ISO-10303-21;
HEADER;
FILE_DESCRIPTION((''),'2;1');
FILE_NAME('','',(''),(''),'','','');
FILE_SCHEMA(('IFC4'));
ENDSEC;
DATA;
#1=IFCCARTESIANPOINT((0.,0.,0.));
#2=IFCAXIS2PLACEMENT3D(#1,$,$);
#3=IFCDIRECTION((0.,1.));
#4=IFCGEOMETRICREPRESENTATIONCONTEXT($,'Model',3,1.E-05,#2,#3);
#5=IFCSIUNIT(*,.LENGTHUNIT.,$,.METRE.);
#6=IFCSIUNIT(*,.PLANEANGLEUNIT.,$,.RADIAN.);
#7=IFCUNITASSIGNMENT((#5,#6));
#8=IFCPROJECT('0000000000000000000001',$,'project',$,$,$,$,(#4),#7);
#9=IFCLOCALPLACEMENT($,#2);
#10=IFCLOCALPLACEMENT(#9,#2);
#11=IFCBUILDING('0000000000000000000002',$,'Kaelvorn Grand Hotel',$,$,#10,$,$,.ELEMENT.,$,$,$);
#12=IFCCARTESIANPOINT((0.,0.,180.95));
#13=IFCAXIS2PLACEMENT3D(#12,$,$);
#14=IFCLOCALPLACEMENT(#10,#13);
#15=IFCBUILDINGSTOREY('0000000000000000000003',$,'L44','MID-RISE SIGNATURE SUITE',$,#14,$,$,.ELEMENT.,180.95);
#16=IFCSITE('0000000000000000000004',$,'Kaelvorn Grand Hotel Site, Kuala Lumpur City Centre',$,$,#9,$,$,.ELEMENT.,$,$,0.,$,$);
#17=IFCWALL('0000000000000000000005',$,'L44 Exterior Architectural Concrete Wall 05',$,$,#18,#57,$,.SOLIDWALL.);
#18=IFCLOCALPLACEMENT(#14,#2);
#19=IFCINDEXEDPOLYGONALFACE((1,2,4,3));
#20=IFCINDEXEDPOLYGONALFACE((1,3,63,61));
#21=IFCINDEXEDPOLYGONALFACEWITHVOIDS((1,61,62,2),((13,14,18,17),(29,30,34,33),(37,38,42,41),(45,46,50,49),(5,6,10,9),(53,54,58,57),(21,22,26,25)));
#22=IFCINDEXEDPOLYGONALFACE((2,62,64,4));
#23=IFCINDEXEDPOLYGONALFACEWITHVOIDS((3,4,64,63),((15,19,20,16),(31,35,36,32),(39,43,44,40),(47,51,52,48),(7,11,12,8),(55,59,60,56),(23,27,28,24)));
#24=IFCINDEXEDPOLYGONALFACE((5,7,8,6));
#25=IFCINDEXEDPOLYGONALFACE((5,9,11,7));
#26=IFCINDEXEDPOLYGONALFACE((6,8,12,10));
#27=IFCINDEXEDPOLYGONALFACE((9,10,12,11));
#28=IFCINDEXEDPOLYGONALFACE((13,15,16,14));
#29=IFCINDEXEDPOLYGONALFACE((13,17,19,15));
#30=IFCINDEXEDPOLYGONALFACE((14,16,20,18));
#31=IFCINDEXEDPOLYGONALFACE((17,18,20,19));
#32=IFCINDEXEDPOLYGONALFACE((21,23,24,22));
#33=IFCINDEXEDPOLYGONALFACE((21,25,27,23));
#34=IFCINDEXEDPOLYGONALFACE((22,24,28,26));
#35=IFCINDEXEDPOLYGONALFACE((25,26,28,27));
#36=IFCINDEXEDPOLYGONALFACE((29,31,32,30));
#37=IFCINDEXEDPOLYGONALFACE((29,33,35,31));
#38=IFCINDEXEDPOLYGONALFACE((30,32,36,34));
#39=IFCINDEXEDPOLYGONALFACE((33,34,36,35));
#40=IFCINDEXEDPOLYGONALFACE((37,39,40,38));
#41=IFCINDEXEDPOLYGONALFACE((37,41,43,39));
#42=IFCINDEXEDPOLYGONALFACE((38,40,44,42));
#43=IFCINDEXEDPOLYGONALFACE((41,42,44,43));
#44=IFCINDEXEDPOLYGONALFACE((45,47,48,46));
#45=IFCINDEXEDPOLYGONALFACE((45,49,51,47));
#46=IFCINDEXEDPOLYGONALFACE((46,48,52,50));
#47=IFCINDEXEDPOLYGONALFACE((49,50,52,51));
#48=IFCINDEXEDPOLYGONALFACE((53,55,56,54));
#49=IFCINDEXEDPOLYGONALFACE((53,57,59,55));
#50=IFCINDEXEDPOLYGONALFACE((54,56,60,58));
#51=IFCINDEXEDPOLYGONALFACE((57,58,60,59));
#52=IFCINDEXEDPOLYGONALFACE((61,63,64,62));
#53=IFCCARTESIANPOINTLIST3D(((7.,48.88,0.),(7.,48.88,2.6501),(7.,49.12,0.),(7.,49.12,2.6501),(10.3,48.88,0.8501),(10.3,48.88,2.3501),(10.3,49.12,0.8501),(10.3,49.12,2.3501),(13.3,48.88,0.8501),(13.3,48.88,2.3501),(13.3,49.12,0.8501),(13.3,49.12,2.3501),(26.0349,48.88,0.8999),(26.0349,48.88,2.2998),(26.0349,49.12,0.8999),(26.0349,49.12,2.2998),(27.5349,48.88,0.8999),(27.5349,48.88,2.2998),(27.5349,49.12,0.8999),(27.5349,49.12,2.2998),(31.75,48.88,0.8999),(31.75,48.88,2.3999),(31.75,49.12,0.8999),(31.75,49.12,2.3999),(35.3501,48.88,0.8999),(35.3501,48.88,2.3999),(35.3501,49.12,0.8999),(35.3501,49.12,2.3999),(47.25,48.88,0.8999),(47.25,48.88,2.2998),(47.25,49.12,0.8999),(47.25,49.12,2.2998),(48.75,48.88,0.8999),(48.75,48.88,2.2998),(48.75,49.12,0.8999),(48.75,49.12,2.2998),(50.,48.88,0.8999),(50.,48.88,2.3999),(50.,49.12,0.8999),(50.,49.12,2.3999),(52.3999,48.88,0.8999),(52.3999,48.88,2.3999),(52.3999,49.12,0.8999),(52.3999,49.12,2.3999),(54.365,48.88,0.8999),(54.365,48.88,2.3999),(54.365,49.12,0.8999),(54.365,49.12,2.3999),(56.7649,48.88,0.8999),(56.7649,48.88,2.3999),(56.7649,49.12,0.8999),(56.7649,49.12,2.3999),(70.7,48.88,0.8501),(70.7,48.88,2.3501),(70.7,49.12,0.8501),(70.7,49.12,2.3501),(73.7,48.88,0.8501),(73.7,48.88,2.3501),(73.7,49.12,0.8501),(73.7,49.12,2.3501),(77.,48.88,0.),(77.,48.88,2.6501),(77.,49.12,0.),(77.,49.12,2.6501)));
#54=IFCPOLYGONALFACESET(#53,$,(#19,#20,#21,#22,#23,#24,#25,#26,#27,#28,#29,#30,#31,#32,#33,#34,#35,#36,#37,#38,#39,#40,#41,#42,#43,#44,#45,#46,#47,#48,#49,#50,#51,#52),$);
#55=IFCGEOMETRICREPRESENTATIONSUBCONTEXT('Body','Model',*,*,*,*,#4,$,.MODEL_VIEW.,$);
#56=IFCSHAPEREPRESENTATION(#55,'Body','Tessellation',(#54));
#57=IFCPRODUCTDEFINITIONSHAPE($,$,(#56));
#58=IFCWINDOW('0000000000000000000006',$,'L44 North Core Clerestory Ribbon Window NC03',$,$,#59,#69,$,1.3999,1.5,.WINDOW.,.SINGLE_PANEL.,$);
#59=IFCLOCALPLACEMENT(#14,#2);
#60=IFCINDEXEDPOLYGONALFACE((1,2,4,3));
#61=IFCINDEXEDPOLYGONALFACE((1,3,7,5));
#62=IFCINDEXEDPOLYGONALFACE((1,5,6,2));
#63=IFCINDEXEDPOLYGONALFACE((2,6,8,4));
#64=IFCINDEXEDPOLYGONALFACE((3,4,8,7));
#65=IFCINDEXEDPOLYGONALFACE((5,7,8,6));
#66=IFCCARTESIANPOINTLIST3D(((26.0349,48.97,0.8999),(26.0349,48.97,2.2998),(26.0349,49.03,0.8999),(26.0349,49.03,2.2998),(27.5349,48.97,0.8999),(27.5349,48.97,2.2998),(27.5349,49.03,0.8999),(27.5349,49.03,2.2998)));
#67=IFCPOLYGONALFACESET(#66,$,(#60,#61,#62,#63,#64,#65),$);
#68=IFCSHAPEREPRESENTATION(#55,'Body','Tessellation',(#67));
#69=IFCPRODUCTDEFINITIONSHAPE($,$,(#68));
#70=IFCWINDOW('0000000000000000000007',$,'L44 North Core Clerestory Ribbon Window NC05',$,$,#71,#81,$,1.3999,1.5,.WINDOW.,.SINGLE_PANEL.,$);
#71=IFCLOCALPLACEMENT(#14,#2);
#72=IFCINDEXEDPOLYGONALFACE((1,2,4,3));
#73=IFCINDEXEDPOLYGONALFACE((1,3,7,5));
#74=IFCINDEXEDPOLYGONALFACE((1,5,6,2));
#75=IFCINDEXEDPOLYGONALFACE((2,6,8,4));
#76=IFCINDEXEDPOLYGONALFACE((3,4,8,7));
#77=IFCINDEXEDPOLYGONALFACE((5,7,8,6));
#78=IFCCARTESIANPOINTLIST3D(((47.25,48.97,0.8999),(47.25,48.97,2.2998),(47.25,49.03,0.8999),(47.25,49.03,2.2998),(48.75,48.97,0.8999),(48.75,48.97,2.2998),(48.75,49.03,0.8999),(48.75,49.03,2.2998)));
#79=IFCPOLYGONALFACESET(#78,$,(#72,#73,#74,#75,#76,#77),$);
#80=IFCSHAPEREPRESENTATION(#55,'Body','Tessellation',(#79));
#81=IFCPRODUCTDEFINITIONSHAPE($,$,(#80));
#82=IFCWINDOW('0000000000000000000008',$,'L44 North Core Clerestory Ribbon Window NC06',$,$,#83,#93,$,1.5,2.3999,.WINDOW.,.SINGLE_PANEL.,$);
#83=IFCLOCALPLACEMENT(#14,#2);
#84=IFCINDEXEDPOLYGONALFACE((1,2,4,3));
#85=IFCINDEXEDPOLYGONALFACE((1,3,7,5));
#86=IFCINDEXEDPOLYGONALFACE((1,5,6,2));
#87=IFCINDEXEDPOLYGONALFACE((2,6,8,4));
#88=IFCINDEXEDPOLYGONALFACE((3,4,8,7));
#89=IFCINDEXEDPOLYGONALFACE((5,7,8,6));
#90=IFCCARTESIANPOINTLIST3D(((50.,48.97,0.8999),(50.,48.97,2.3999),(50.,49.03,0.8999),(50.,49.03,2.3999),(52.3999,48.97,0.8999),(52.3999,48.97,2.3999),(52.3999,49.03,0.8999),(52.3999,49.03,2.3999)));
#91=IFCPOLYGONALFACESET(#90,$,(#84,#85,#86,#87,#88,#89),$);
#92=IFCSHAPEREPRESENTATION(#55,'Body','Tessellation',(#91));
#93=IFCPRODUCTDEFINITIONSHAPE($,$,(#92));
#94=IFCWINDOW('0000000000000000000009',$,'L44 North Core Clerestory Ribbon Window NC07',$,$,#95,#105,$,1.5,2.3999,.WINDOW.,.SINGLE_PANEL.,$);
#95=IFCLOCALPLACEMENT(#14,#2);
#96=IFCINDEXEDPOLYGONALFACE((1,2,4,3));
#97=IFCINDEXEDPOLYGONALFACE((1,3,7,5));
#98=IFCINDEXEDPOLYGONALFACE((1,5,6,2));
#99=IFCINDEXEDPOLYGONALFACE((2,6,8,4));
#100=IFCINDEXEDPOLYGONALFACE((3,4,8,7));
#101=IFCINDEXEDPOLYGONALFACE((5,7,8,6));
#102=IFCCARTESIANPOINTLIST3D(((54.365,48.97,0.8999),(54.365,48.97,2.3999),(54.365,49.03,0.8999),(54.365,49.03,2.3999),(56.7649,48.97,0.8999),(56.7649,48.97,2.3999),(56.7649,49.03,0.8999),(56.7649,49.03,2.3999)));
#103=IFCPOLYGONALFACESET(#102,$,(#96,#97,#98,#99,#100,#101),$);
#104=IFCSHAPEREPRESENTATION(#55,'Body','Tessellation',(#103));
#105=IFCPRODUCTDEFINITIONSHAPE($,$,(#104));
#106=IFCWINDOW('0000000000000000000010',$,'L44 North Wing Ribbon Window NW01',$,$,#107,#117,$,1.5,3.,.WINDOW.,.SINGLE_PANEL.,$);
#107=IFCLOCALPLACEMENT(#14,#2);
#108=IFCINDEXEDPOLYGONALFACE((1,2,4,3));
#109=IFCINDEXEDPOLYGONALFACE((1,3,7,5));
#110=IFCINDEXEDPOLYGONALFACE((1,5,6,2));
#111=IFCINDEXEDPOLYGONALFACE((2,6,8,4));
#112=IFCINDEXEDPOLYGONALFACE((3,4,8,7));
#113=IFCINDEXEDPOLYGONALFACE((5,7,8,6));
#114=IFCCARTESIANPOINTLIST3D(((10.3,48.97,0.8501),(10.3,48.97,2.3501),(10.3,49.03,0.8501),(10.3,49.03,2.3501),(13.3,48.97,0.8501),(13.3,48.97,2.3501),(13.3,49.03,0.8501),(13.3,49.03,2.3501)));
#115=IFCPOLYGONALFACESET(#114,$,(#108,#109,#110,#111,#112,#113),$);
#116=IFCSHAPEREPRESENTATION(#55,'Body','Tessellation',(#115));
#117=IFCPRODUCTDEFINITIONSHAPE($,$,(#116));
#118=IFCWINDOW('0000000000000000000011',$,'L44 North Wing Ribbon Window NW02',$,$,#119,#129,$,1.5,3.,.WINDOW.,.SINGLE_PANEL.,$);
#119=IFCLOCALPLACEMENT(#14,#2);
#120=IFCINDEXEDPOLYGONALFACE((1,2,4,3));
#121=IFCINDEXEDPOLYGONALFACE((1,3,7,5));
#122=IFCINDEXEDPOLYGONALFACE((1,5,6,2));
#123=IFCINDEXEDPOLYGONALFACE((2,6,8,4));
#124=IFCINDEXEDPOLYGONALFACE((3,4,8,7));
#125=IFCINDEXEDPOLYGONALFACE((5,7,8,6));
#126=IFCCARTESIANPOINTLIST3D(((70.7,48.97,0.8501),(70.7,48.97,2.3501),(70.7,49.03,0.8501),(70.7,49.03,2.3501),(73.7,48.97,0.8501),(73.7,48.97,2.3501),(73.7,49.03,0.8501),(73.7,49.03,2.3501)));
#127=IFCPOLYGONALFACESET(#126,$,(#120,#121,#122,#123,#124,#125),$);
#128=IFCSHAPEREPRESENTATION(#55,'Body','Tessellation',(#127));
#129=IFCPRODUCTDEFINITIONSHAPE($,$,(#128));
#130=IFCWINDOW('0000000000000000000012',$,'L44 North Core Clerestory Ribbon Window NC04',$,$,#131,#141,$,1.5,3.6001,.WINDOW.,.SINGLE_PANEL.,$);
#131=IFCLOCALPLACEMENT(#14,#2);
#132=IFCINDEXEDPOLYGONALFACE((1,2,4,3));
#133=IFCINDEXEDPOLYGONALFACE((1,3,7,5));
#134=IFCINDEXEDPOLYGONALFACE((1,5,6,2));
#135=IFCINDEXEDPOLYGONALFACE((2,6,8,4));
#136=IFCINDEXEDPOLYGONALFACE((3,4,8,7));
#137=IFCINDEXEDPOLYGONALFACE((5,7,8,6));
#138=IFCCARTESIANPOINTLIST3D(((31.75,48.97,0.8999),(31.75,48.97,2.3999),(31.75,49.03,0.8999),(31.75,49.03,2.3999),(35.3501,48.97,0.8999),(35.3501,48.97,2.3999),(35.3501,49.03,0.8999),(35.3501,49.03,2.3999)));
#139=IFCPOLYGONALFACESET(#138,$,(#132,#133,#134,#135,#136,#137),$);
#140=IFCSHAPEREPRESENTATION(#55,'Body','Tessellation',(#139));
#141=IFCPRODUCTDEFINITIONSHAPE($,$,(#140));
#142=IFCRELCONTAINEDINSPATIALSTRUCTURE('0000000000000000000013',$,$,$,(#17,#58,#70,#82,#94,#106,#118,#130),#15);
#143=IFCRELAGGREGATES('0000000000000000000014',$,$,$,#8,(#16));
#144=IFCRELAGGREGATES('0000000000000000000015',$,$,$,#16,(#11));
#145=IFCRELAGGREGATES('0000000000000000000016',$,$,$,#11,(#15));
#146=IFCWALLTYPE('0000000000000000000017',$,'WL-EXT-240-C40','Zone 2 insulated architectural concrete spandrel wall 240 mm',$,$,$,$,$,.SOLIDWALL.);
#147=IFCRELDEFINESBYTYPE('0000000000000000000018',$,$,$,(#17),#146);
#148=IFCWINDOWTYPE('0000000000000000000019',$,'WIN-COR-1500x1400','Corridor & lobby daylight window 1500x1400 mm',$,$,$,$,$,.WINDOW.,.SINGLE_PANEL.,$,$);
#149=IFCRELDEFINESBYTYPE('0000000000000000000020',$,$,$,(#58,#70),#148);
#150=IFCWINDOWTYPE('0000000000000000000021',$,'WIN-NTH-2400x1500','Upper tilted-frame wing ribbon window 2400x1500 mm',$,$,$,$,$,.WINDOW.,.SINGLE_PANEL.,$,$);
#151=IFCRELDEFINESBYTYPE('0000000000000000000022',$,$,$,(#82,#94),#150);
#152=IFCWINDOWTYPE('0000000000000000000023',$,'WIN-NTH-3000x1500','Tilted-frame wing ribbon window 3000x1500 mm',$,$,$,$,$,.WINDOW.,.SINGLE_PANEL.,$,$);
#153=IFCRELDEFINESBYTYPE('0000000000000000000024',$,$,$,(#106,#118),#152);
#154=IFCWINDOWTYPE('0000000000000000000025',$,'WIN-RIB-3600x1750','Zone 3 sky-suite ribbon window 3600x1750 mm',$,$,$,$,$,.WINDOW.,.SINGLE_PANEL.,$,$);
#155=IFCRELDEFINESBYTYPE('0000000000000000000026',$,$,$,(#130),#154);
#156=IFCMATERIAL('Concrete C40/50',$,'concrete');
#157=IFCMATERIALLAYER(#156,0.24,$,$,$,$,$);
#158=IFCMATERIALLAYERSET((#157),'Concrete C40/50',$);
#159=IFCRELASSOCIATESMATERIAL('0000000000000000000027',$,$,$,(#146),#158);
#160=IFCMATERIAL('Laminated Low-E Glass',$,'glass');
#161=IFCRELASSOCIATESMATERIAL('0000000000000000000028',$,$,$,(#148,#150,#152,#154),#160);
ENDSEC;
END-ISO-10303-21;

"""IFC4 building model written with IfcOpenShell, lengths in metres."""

from ifc_helpers import new_model, si_unit, direction, frame, frame_2d, origin, place, context, subcontext, project, spatial, rectangle, extrude, material, layer, layer_set, type_object, element, fill, save


model = new_model("IFC4")

# Units and contexts
model_context = context("Model", 3, precision=1e-05, world=origin(), true_north=direction((0.0, 1.0)))
body_context = subcontext(model_context, "Body", "Model", "MODEL_VIEW")
ifc_project = project(units=[si_unit("LENGTHUNIT", "METRE"), si_unit("PLANEANGLEUNIT", "RADIAN")], contexts=[model_context])

# Site, building, storey
site_placement = place(None, origin())
site = spatial("IfcSite", under=ifc_project, at=site_placement, Name="Kaelvorn Grand Hotel Site, Kuala Lumpur City Centre", CompositionType="ELEMENT", RefElevation=0.0)
building_placement = place(site_placement, origin())
building = spatial("IfcBuilding", under=site, at=building_placement, Name="Kaelvorn Grand Hotel", CompositionType="ELEMENT")
storey_placement = place(building_placement, frame((0.0, 0.0, 180.95)))
storey = spatial("IfcBuildingStorey", under=building, at=storey_placement, Name="L44", Description="MID-RISE SIGNATURE SUITE", CompositionType="ELEMENT", Elevation=180.95)

# Shared definitions
ifc_material_1 = material(Name="Concrete C40/50", Category="concrete")
ifc_layer_1 = layer(ifc_material_1, 0.24)
ifc_layer_set_1 = layer_set([ifc_layer_1], Name="Concrete C40/50")
wall_type = type_object("IfcWallType", Name="WL-EXT-240-C40", Description="Zone 2 insulated architectural concrete spandrel wall 240 mm", PredefinedType="SOLIDWALL", material=ifc_layer_set_1)
ifc_material_2 = material(Name="Laminated Low-E Glass", Category="glass")

# Wall, openings, windows
wall_1_placement = place(storey_placement, frame((77.0, 49.0, 0.0), z_axis=(0.0, 0.0, 1.0), x_axis=(-1.0, 0.0, 0.0)))
wall_1 = element("IfcWall", 1, at=wall_1_placement, inside=storey, type_object=wall_type, Name="L44 Exterior Architectural Concrete Wall 05", PredefinedType="SOLIDWALL", context=body_context, shape_type="SweptSolid", body=[
    extrude(rectangle(XDim=70.0, YDim=0.24, at=frame_2d((35.0, 0.0))), origin(), (0.0, 0.0, 1.0), 2.6501),
])
opening_1_placement = place(wall_1_placement, frame((63.7, 0.0, 0.8501)))
opening_1 = element("IfcOpeningElement", 2, at=opening_1_placement, cuts=wall_1, PredefinedType="OPENING", context=body_context, shape_type="SweptSolid", body=[
    extrude(rectangle(XDim=3.0, YDim=1.5, at=frame_2d((1.5, 0.75))), frame((0.0, 0.1299, 0.0), z_axis=(0.0, -1.0, 0.0), x_axis=(1.0, 0.0, 0.0)), (0.0, 0.0, 1.0), 0.26),
])
opening_2_placement = place(wall_1_placement, frame((3.3, 0.0, 0.8501)))
opening_2 = element("IfcOpeningElement", 3, at=opening_2_placement, cuts=wall_1, PredefinedType="OPENING", context=body_context, shape_type="SweptSolid", body=[
    extrude(rectangle(XDim=3.0, YDim=1.5, at=frame_2d((1.5, 0.75))), frame((0.0, 0.1299, 0.0), z_axis=(0.0, -1.0, 0.0), x_axis=(1.0, 0.0, 0.0)), (0.0, 0.0, 1.0), 0.26),
])
opening_3_placement = place(wall_1_placement, frame((49.4651, 0.0, 0.8999)))
opening_3 = element("IfcOpeningElement", 4, at=opening_3_placement, cuts=wall_1, PredefinedType="OPENING", context=body_context, shape_type="SweptSolid", body=[
    extrude(rectangle(XDim=1.5, YDim=1.3999, at=frame_2d((0.75, 0.7))), frame((0.0, 0.1299, 0.0), z_axis=(0.0, -1.0, 0.0), x_axis=(1.0, 0.0, 0.0)), (0.0, 0.0, 1.0), 0.26),
])
opening_4_placement = place(wall_1_placement, frame((41.6499, 0.0, 0.8999)))
opening_4 = element("IfcOpeningElement", 5, at=opening_4_placement, cuts=wall_1, PredefinedType="OPENING", context=body_context, shape_type="SweptSolid", body=[
    extrude(rectangle(XDim=3.6001, YDim=1.5, at=frame_2d((1.8, 0.75))), frame((0.0, 0.1299, 0.0), z_axis=(0.0, -1.0, 0.0), x_axis=(1.0, 0.0, 0.0)), (0.0, 0.0, 1.0), 0.26),
])
opening_5_placement = place(wall_1_placement, frame((28.25, 0.0, 0.8999)))
opening_5 = element("IfcOpeningElement", 6, at=opening_5_placement, cuts=wall_1, PredefinedType="OPENING", context=body_context, shape_type="SweptSolid", body=[
    extrude(rectangle(XDim=1.5, YDim=1.3999, at=frame_2d((0.75, 0.7))), frame((0.0, 0.1299, 0.0), z_axis=(0.0, -1.0, 0.0), x_axis=(1.0, 0.0, 0.0)), (0.0, 0.0, 1.0), 0.26),
])
opening_6_placement = place(wall_1_placement, frame((24.6001, 0.0, 0.8999)))
opening_6 = element("IfcOpeningElement", 7, at=opening_6_placement, cuts=wall_1, PredefinedType="OPENING", context=body_context, shape_type="SweptSolid", body=[
    extrude(rectangle(XDim=2.3999, YDim=1.5, at=frame_2d((1.2, 0.75))), frame((0.0, 0.1299, 0.0), z_axis=(0.0, -1.0, 0.0), x_axis=(1.0, 0.0, 0.0)), (0.0, 0.0, 1.0), 0.26),
])
opening_7_placement = place(wall_1_placement, frame((20.2351, 0.0, 0.8999)))
opening_7 = element("IfcOpeningElement", 8, at=opening_7_placement, cuts=wall_1, PredefinedType="OPENING", context=body_context, shape_type="SweptSolid", body=[
    extrude(rectangle(XDim=2.3999, YDim=1.5, at=frame_2d((1.2, 0.75))), frame((0.0, 0.1299, 0.0), z_axis=(0.0, -1.0, 0.0), x_axis=(1.0, 0.0, 0.0)), (0.0, 0.0, 1.0), 0.26),
])
window_type_1 = type_object("IfcWindowType", Name="WIN-COR-1500x1400", Description="Corridor & lobby daylight window 1500x1400 mm", PartitioningType="SINGLE_PANEL", PredefinedType="WINDOW", material=ifc_material_2)
window_1_placement = place(opening_3_placement, origin())
window_1 = element("IfcWindow", 9, at=window_1_placement, inside=storey, type_object=window_type_1, Name="L44 North Core Clerestory Ribbon Window NC03", OverallHeight=1.3999, OverallWidth=1.5, PartitioningType="SINGLE_PANEL", PredefinedType="WINDOW", context=body_context, shape_type="SweptSolid", body=[
    extrude(rectangle(XDim=1.5, YDim=1.3999, at=frame_2d((0.75, 0.7))), frame((0.0, 0.03, 0.0), z_axis=(0.0, -1.0, 0.0), x_axis=(1.0, 0.0, 0.0)), (0.0, 0.0, 1.0), 0.0601),
])
fill(opening_3, window_1)
window_2_placement = place(opening_5_placement, origin())
window_2 = element("IfcWindow", 10, at=window_2_placement, inside=storey, type_object=window_type_1, Name="L44 North Core Clerestory Ribbon Window NC05", OverallHeight=1.3999, OverallWidth=1.5, PartitioningType="SINGLE_PANEL", PredefinedType="WINDOW", context=body_context, shape_type="SweptSolid", body=[
    extrude(rectangle(XDim=1.5, YDim=1.3999, at=frame_2d((0.75, 0.7))), frame((0.0, 0.03, 0.0), z_axis=(0.0, -1.0, 0.0), x_axis=(1.0, 0.0, 0.0)), (0.0, 0.0, 1.0), 0.0601),
])
fill(opening_5, window_2)
window_type_2 = type_object("IfcWindowType", Name="WIN-NTH-2400x1500", Description="Upper tilted-frame wing ribbon window 2400x1500 mm", PartitioningType="SINGLE_PANEL", PredefinedType="WINDOW", material=ifc_material_2)
window_3_placement = place(opening_6_placement, origin())
window_3 = element("IfcWindow", 11, at=window_3_placement, inside=storey, type_object=window_type_2, Name="L44 North Core Clerestory Ribbon Window NC06", OverallHeight=1.5, OverallWidth=2.3999, PartitioningType="SINGLE_PANEL", PredefinedType="WINDOW", context=body_context, shape_type="SweptSolid", body=[
    extrude(rectangle(XDim=2.3999, YDim=1.5, at=frame_2d((1.2, 0.75))), frame((0.0, 0.03, 0.0), z_axis=(0.0, -1.0, 0.0), x_axis=(1.0, 0.0, 0.0)), (0.0, 0.0, 1.0), 0.0601),
])
fill(opening_6, window_3)
window_4_placement = place(opening_7_placement, origin())
window_4 = element("IfcWindow", 12, at=window_4_placement, inside=storey, type_object=window_type_2, Name="L44 North Core Clerestory Ribbon Window NC07", OverallHeight=1.5, OverallWidth=2.3999, PartitioningType="SINGLE_PANEL", PredefinedType="WINDOW", context=body_context, shape_type="SweptSolid", body=[
    extrude(rectangle(XDim=2.3999, YDim=1.5, at=frame_2d((1.2, 0.75))), frame((0.0, 0.03, 0.0), z_axis=(0.0, -1.0, 0.0), x_axis=(1.0, 0.0, 0.0)), (0.0, 0.0, 1.0), 0.0601),
])
fill(opening_7, window_4)
window_type_3 = type_object("IfcWindowType", Name="WIN-NTH-3000x1500", Description="Tilted-frame wing ribbon window 3000x1500 mm", PartitioningType="SINGLE_PANEL", PredefinedType="WINDOW", material=ifc_material_2)
window_5_placement = place(opening_1_placement, origin())
window_5 = element("IfcWindow", 13, at=window_5_placement, inside=storey, type_object=window_type_3, Name="L44 North Wing Ribbon Window NW01", OverallHeight=1.5, OverallWidth=3.0, PartitioningType="SINGLE_PANEL", PredefinedType="WINDOW", context=body_context, shape_type="SweptSolid", body=[
    extrude(rectangle(XDim=3.0, YDim=1.5, at=frame_2d((1.5, 0.75))), frame((0.0, 0.03, 0.0), z_axis=(0.0, -1.0, 0.0), x_axis=(1.0, 0.0, 0.0)), (0.0, 0.0, 1.0), 0.0601),
])
fill(opening_1, window_5)
window_6_placement = place(opening_2_placement, origin())
window_6 = element("IfcWindow", 14, at=window_6_placement, inside=storey, type_object=window_type_3, Name="L44 North Wing Ribbon Window NW02", OverallHeight=1.5, OverallWidth=3.0, PartitioningType="SINGLE_PANEL", PredefinedType="WINDOW", context=body_context, shape_type="SweptSolid", body=[
    extrude(rectangle(XDim=3.0, YDim=1.5, at=frame_2d((1.5, 0.75))), frame((0.0, 0.03, 0.0), z_axis=(0.0, -1.0, 0.0), x_axis=(1.0, 0.0, 0.0)), (0.0, 0.0, 1.0), 0.0601),
])
fill(opening_2, window_6)
window_type_4 = type_object("IfcWindowType", Name="WIN-RIB-3600x1750", Description="Zone 3 sky-suite ribbon window 3600x1750 mm", PartitioningType="SINGLE_PANEL", PredefinedType="WINDOW", material=ifc_material_2)
window_7_placement = place(opening_4_placement, origin())
window_7 = element("IfcWindow", 15, at=window_7_placement, inside=storey, type_object=window_type_4, Name="L44 North Core Clerestory Ribbon Window NC04", OverallHeight=1.5, OverallWidth=3.6001, PartitioningType="SINGLE_PANEL", PredefinedType="WINDOW", context=body_context, shape_type="SweptSolid", body=[
    extrude(rectangle(XDim=3.6001, YDim=1.5, at=frame_2d((1.8, 0.75))), frame((0.0, 0.03, 0.0), z_axis=(0.0, -1.0, 0.0), x_axis=(1.0, 0.0, 0.0)), (0.0, 0.0, 1.0), 0.0601),
])
fill(opening_4, window_7)

save(model, "model.ifc")
